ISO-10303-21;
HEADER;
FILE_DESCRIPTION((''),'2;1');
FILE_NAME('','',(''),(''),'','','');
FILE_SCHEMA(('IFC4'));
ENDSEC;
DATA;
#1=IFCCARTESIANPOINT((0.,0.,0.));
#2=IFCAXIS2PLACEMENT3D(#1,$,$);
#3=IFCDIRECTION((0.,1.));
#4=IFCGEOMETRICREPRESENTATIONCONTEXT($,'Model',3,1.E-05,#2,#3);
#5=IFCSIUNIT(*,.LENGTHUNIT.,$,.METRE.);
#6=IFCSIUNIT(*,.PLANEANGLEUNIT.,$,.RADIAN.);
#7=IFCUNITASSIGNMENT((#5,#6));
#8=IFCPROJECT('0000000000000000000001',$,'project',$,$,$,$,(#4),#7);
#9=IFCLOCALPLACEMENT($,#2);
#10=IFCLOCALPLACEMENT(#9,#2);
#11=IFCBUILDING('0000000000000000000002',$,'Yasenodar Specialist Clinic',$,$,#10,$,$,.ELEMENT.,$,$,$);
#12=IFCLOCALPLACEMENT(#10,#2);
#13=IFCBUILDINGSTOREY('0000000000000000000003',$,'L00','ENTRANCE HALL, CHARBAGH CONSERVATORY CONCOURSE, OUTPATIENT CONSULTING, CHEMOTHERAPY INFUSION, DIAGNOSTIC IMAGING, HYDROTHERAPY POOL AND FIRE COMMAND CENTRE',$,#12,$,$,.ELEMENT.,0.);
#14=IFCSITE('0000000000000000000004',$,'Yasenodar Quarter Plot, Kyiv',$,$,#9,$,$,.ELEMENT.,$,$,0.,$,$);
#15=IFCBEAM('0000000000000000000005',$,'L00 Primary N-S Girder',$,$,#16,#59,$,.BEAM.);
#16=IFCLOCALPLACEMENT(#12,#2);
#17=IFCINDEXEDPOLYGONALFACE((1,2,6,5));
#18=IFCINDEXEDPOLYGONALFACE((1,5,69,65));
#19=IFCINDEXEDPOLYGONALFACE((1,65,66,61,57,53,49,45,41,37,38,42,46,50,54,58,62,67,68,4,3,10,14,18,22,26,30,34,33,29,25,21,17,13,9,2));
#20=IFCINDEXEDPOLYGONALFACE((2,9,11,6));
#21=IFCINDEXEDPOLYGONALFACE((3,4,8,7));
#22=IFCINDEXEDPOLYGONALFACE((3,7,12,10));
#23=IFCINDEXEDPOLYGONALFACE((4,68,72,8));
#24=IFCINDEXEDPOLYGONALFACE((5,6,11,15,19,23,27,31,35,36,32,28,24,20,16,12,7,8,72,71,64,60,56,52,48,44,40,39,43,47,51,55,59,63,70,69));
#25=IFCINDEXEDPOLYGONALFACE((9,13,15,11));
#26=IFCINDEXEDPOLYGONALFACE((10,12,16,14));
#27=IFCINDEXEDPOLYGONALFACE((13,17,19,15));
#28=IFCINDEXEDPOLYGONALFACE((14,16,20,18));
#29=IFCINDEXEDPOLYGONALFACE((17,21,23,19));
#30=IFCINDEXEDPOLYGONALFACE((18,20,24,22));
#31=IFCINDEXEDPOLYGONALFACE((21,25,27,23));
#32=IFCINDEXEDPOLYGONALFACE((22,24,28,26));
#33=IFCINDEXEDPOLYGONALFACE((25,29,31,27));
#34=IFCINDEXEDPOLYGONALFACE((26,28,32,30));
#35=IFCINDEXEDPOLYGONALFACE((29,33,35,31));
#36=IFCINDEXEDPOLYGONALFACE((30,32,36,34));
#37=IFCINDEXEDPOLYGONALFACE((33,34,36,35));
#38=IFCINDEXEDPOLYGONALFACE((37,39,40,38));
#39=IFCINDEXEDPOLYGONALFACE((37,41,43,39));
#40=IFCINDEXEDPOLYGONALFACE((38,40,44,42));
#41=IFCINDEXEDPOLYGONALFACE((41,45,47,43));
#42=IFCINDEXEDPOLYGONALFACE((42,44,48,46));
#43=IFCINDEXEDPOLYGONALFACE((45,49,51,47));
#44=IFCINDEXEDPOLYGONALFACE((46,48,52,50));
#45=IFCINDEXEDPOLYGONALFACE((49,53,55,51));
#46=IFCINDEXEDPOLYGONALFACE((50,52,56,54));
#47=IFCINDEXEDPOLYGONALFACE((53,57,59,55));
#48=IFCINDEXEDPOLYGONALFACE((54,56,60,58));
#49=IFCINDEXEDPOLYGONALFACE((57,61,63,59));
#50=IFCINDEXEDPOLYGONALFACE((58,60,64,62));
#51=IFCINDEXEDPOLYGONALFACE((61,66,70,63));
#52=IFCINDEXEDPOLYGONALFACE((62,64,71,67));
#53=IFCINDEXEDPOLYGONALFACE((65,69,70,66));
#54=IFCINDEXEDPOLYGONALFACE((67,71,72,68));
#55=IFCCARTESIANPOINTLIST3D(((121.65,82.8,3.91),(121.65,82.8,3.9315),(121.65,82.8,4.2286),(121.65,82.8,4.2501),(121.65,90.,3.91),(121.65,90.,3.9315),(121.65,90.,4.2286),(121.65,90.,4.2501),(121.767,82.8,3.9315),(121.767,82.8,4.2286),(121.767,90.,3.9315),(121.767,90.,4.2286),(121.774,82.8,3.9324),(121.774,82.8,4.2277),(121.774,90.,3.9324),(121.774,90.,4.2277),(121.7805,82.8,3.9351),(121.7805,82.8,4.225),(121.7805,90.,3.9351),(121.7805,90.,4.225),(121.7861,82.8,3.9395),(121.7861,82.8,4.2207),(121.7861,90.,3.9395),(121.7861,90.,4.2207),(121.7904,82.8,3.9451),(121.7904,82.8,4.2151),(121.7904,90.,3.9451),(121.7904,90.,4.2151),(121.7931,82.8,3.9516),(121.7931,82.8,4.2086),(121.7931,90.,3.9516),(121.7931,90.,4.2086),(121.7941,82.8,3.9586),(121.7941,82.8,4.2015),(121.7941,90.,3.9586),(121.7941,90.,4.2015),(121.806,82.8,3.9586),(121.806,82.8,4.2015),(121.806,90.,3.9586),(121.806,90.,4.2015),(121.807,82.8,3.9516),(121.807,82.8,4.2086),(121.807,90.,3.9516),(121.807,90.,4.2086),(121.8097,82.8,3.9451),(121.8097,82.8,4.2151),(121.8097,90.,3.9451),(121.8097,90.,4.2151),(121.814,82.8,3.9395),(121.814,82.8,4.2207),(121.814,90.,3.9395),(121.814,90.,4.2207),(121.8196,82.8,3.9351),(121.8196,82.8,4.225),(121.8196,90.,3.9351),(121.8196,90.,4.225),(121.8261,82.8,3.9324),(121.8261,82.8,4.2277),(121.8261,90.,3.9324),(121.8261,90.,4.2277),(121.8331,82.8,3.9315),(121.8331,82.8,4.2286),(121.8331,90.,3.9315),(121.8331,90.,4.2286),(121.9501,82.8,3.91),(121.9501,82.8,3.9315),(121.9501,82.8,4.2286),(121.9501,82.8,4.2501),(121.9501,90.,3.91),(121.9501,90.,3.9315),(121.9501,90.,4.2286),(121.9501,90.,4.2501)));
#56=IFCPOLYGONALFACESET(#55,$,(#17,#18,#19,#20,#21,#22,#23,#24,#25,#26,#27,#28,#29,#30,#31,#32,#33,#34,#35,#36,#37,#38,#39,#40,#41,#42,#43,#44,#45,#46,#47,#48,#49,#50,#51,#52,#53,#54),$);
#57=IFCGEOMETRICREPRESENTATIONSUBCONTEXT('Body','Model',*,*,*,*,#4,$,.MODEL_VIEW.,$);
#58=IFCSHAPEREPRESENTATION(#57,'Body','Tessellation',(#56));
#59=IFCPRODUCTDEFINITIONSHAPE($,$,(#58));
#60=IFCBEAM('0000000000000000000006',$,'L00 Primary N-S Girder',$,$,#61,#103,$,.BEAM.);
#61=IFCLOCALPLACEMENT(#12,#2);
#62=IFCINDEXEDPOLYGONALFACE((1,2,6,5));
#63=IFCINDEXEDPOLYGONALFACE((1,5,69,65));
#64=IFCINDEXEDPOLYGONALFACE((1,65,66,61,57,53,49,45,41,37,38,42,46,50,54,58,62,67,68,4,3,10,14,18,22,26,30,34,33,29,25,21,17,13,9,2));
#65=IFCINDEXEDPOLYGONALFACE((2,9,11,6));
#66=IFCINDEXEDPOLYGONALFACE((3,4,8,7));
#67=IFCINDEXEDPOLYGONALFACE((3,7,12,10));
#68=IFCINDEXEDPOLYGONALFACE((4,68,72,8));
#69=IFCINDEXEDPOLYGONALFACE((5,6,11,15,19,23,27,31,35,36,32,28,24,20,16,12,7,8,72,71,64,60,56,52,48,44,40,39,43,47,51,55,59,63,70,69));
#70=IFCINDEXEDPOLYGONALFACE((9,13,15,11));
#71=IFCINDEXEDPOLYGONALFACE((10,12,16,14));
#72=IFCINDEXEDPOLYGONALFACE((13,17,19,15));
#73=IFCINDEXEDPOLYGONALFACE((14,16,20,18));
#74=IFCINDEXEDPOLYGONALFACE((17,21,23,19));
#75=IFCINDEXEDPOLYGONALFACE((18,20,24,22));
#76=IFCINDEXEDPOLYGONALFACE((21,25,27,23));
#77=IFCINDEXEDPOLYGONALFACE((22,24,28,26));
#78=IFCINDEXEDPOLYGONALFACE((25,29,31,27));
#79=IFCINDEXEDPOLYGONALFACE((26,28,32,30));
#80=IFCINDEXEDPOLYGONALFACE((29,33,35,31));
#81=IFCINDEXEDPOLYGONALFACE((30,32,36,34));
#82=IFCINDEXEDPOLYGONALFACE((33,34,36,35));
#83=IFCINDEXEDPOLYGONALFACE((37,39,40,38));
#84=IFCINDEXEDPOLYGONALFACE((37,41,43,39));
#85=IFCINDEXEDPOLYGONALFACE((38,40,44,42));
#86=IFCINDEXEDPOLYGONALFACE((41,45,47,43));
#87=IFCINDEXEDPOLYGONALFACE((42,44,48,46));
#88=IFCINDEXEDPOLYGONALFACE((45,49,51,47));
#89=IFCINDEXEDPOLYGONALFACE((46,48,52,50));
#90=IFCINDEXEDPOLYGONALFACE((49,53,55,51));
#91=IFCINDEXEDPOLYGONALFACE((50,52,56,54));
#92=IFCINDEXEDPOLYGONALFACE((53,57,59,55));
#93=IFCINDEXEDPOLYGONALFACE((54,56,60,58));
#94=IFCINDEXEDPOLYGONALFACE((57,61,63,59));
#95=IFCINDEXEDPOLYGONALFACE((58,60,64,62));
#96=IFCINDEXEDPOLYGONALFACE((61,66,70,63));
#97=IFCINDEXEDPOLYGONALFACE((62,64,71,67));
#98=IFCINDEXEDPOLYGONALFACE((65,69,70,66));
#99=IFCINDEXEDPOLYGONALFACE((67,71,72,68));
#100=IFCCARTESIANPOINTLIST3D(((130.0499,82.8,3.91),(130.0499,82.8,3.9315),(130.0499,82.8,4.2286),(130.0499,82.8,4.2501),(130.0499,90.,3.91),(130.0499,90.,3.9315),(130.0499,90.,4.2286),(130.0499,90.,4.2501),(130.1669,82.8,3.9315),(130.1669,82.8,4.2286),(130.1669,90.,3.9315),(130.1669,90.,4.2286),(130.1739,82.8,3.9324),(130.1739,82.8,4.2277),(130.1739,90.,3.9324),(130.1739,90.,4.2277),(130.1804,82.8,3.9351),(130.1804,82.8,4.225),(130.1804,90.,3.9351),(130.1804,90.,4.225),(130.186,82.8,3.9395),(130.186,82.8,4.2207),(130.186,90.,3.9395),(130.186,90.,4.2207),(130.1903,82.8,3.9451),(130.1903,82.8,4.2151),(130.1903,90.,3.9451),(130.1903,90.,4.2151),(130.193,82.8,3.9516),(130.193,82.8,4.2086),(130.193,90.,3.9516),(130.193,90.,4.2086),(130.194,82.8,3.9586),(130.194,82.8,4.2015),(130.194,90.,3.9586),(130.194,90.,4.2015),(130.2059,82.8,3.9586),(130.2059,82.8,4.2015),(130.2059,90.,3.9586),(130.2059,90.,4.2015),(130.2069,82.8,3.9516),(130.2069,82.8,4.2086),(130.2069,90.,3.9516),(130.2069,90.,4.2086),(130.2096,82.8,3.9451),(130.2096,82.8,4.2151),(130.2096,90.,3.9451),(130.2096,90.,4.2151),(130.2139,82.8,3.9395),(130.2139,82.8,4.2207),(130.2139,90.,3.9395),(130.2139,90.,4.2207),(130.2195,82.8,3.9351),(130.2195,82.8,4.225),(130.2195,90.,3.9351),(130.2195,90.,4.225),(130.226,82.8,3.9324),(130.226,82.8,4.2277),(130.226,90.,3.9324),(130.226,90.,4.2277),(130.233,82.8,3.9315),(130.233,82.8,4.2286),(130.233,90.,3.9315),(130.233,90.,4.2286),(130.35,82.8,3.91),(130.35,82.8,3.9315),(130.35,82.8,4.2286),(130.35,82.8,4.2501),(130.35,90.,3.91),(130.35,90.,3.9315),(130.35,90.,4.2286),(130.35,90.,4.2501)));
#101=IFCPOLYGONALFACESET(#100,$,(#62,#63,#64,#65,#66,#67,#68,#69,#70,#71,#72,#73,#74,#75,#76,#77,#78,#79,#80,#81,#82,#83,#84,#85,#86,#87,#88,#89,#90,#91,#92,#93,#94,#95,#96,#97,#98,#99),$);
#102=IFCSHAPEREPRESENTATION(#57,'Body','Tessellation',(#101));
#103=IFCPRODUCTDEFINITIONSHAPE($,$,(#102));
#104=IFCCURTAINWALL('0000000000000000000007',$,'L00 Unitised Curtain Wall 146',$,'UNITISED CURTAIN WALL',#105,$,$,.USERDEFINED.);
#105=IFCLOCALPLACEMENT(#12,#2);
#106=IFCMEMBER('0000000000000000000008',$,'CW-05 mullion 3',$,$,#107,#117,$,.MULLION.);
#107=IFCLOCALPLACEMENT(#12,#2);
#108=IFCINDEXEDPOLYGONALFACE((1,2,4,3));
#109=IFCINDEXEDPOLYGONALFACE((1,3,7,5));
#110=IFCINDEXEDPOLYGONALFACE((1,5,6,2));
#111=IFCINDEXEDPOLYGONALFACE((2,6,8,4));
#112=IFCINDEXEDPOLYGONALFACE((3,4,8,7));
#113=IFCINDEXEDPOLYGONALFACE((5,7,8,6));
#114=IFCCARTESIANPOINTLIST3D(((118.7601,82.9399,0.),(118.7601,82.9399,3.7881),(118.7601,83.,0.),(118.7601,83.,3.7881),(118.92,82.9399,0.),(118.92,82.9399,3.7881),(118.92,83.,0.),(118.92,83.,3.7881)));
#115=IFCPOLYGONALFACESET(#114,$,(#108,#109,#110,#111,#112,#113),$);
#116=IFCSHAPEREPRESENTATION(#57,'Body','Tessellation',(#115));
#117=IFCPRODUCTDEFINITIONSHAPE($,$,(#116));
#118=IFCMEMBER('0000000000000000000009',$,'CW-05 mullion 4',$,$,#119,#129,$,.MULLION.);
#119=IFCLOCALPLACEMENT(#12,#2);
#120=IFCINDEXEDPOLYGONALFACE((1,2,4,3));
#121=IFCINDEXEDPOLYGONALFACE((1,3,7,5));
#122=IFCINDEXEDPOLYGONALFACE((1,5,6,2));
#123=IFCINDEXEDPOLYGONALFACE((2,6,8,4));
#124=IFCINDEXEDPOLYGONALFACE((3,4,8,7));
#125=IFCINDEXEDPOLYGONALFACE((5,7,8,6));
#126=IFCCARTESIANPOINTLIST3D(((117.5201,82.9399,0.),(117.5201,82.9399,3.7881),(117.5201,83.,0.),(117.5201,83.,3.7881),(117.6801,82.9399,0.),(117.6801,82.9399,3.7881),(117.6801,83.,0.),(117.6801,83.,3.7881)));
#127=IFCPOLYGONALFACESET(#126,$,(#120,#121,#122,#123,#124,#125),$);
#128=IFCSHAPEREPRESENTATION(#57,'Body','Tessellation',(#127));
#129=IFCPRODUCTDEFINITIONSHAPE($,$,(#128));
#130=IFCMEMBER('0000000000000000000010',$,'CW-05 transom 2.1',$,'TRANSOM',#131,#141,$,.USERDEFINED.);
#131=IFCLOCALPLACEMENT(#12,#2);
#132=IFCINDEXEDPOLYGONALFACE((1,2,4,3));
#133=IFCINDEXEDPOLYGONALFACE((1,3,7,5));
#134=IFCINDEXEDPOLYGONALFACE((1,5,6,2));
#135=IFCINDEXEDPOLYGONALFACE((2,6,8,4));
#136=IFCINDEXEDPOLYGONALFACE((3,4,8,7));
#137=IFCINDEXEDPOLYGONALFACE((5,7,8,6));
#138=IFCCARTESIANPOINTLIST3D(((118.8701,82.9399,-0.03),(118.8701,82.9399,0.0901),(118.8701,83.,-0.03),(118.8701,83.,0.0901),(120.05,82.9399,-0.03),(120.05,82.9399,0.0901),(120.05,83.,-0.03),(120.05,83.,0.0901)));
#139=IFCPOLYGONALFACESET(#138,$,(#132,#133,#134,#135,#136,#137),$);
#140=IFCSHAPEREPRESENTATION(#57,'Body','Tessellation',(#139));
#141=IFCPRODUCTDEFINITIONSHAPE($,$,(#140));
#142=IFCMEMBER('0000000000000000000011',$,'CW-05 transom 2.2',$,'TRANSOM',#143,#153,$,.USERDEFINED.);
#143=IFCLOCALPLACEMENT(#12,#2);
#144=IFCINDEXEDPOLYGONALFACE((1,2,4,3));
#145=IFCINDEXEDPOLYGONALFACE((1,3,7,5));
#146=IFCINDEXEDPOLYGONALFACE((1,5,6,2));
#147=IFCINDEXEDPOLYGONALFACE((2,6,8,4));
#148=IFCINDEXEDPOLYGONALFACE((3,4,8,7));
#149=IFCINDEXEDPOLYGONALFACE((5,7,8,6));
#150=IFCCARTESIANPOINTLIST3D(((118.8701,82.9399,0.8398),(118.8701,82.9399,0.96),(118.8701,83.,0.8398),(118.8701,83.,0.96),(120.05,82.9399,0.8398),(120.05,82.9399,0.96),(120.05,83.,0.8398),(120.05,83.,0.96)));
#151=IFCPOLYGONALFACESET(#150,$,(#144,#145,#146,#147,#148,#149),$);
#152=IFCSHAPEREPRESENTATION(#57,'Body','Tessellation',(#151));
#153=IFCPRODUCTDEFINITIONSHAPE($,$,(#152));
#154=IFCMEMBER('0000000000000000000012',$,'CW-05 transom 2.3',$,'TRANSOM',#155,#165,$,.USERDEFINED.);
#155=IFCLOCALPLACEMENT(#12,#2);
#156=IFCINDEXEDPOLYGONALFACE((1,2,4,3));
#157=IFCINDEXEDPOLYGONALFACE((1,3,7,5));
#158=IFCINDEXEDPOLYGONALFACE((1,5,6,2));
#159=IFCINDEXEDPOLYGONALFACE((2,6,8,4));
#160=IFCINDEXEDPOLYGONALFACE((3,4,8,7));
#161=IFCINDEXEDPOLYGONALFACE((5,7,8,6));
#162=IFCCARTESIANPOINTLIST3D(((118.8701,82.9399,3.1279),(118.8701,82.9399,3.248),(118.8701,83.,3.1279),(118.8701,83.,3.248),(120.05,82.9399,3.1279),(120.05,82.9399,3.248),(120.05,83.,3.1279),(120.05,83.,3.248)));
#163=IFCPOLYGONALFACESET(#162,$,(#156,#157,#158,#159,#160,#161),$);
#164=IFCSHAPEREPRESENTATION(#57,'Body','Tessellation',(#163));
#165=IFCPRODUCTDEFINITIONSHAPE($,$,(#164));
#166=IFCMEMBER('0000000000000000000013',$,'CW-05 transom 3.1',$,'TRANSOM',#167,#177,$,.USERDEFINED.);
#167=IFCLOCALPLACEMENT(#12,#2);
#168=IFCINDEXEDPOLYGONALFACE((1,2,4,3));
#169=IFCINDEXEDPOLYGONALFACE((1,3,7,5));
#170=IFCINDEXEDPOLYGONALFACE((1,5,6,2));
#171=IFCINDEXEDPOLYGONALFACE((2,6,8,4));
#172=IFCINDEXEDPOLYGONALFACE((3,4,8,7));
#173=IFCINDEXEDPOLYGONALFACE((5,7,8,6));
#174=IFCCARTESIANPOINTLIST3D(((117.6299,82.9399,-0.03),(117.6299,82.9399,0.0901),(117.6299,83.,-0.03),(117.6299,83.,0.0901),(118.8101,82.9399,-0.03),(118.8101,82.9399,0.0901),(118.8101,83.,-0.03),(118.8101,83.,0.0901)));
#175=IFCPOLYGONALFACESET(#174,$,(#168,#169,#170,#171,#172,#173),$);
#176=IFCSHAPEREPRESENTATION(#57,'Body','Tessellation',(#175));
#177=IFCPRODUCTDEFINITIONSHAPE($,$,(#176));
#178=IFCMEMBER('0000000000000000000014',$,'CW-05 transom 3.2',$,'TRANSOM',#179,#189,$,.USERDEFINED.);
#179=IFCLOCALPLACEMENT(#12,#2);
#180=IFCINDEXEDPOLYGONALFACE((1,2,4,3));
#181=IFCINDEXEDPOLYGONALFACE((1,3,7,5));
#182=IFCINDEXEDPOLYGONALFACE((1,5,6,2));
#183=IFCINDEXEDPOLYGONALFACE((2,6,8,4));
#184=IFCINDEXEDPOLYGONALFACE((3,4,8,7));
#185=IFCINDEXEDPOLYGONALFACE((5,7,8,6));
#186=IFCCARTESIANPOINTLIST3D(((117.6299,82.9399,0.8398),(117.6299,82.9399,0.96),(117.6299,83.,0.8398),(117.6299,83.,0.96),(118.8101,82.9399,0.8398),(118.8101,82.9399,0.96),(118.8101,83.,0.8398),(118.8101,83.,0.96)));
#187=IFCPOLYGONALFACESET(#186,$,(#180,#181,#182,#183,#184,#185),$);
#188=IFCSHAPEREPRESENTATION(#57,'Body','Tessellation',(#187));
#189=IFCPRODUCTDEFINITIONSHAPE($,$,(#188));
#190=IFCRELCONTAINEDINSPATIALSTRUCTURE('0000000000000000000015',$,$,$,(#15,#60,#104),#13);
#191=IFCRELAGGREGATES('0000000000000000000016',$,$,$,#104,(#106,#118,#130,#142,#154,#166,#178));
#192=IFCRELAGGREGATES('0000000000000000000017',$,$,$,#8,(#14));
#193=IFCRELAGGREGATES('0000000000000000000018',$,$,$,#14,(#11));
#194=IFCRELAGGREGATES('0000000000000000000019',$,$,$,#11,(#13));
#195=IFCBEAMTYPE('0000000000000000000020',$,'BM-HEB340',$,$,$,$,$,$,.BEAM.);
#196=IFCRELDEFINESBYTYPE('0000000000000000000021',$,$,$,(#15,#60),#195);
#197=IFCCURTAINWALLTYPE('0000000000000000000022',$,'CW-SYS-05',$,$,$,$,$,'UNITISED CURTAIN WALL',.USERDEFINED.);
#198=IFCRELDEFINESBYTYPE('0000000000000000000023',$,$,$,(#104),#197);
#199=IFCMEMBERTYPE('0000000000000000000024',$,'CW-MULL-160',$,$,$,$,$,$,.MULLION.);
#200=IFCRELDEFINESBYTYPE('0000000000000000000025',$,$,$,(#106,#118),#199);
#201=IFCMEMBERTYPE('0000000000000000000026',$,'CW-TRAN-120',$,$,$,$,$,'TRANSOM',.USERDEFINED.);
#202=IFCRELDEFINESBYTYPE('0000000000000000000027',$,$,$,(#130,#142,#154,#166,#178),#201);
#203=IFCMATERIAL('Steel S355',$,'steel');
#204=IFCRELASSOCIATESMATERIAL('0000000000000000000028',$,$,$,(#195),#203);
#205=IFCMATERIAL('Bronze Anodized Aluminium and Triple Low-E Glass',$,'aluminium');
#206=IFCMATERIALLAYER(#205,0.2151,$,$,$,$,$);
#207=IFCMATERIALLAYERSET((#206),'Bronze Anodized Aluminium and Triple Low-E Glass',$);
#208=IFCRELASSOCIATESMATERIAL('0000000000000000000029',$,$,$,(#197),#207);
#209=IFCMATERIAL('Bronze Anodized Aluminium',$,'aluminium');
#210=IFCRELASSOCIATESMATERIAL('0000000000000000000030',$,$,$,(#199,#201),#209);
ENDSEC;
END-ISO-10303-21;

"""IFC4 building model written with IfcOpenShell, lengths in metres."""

from ifc_helpers import new_model, si_unit, direction, frame, origin, origin_2d, place, context, subcontext, project, spatial, rectangle, i_section, extrude, material, layer, layer_set, material_profile, profile_set, type_object, element, aggregate, save


model = new_model("IFC4")

# Units and contexts
model_context = context("Model", 3, precision=1e-05, world=origin(), true_north=direction((0.0, 1.0)))
body_context = subcontext(model_context, "Body", "Model", "MODEL_VIEW")
ifc_project = project(units=[si_unit("LENGTHUNIT", "METRE"), si_unit("PLANEANGLEUNIT", "RADIAN")], contexts=[model_context])

# Site, building, storey
site_placement = place(None, origin())
site = spatial("IfcSite", under=ifc_project, at=site_placement, Name="Yasenodar Quarter Plot, Kyiv", CompositionType="ELEMENT", RefElevation=0.0)
building_placement = place(site_placement, origin())
building = spatial("IfcBuilding", under=site, at=building_placement, Name="Yasenodar Specialist Clinic", CompositionType="ELEMENT")
storey_placement = place(building_placement, origin())
storey = spatial("IfcBuildingStorey", under=building, at=storey_placement, Name="L00", Description="ENTRANCE HALL, CHARBAGH CONSERVATORY CONCOURSE, OUTPATIENT CONSULTING, CHEMOTHERAPY INFUSION, DIAGNOSTIC IMAGING, HYDROTHERAPY POOL AND FIRE COMMAND CENTRE", CompositionType="ELEMENT", Elevation=0.0)

# Shared definitions
ifc_material_1 = material(Name="Steel S355", Category="steel")

# Beams
ifc_material_profile_1 = material_profile(ifc_material_1, i_section(OverallWidth=0.3, OverallDepth=0.3401, WebThickness=0.012, FlangeThickness=0.0215, FilletRadius=0.0271, at=origin_2d()), Name="HEB 340")
ifc_profile_set_1 = profile_set([ifc_material_profile_1], Name="Steel S355")
beam_type_1 = type_object("IfcBeamType", Name="BM-HEB340", PredefinedType="BEAM", material=ifc_profile_set_1)
for number, where, z_axis, x_axis, name in (
    (1, (121.8, 82.8, 4.0801), (0.0, 1.0, 0.0), (-1.0, 0.0, 0.0), "L00 Primary N-S Girder"),
    (2, (130.2, 82.8, 4.0801), (0.0, 1.0, 0.0), (-1.0, 0.0, 0.0), "L00 Primary N-S Girder"),
):
    element("IfcBeam", number, at=place(storey_placement, frame(where, z_axis=z_axis, x_axis=x_axis)), inside=storey, type_object=beam_type_1, Name=name, PredefinedType="BEAM", context=body_context, shape_type="SweptSolid", body=[
        extrude(i_section(OverallWidth=0.3, OverallDepth=0.3401, WebThickness=0.012, FlangeThickness=0.0215, FilletRadius=0.0271, at=origin_2d()), origin(), (0.0, 0.0, 1.0), 7.2),
    ])

# Curtain wall, members
ifc_material_2 = material(Name="Bronze Anodized Aluminium and Triple Low-E Glass", Category="aluminium")
ifc_layer_1 = layer(ifc_material_2, 0.2151)
ifc_layer_set_1 = layer_set([ifc_layer_1], Name="Bronze Anodized Aluminium and Triple Low-E Glass")
curtain_wall_type = type_object("IfcCurtainWallType", Name="CW-SYS-05", ElementType="UNITISED CURTAIN WALL", PredefinedType="USERDEFINED", material=ifc_layer_set_1)
curtain_wall_placement = place(storey_placement, origin())
curtain_wall = element("IfcCurtainWall", 3, at=curtain_wall_placement, inside=storey, type_object=curtain_wall_type, Name="L00 Unitised Curtain Wall 146", ObjectType="UNITISED CURTAIN WALL", PredefinedType="USERDEFINED")
ifc_material_3 = material(Name="Bronze Anodized Aluminium", Category="aluminium")
ifc_material_profile_2 = material_profile(ifc_material_3, rectangle(XDim=0.0601, YDim=0.1599, at=origin_2d()), Name="CW-MULL 60x160")
ifc_profile_set_2 = profile_set([ifc_material_profile_2], Name="Bronze Anodized Aluminium")
member_type_1 = type_object("IfcMemberType", Name="CW-MULL-160", PredefinedType="MULLION", material=ifc_profile_set_2)
member_1_placement = place(storey_placement, frame((118.8401, 82.97, 0.0), z_axis=(0.0, 0.0, 1.0), x_axis=(0.0, -1.0, 0.0)))
member_1 = element("IfcMember", 4, at=member_1_placement, type_object=member_type_1, Name="CW-05 mullion 3", PredefinedType="MULLION", context=body_context, shape_type="SweptSolid", body=[
    extrude(rectangle(XDim=0.0601, YDim=0.1599, at=origin_2d()), origin(), (0.0, 0.0, 1.0), 3.7881),
])
member_2_placement = place(storey_placement, frame((117.6001, 82.97, 0.0), z_axis=(0.0, 0.0, 1.0), x_axis=(0.0, -1.0, 0.0)))
member_2 = element("IfcMember", 5, at=member_2_placement, type_object=member_type_1, Name="CW-05 mullion 4", PredefinedType="MULLION", context=body_context, shape_type="SweptSolid", body=[
    extrude(rectangle(XDim=0.0601, YDim=0.1599, at=origin_2d()), origin(), (0.0, 0.0, 1.0), 3.7881),
])
ifc_material_profile_3 = material_profile(ifc_material_3, rectangle(XDim=0.0601, YDim=0.1201, at=origin_2d()), Name="CW-TRAN 60x120")
ifc_profile_set_3 = profile_set([ifc_material_profile_3], Name="Bronze Anodized Aluminium")
member_type_2 = type_object("IfcMemberType", Name="CW-TRAN-120", ElementType="TRANSOM", PredefinedType="USERDEFINED", material=ifc_profile_set_3)
member_3_placement = place(storey_placement, frame((120.05, 82.97, 0.03), z_axis=(-1.0, 0.0, 0.0), x_axis=(0.0, -1.0, 0.0)))
member_3 = element("IfcMember", 6, at=member_3_placement, type_object=member_type_2, Name="CW-05 transom 2.1", ObjectType="TRANSOM", PredefinedType="USERDEFINED", context=body_context, shape_type="SweptSolid", body=[
    extrude(rectangle(XDim=0.0601, YDim=0.1201, at=origin_2d()), origin(), (0.0, 0.0, 1.0), 1.1799),
])
member_4_placement = place(storey_placement, frame((120.05, 82.97, 0.8999), z_axis=(-1.0, 0.0, 0.0), x_axis=(0.0, -1.0, 0.0)))
member_4 = element("IfcMember", 7, at=member_4_placement, type_object=member_type_2, Name="CW-05 transom 2.2", ObjectType="TRANSOM", PredefinedType="USERDEFINED", context=body_context, shape_type="SweptSolid", body=[
    extrude(rectangle(XDim=0.0601, YDim=0.1201, at=origin_2d()), origin(), (0.0, 0.0, 1.0), 1.1799),
])
member_5_placement = place(storey_placement, frame((120.05, 82.97, 3.188), z_axis=(-1.0, 0.0, 0.0), x_axis=(0.0, -1.0, 0.0)))
member_5 = element("IfcMember", 8, at=member_5_placement, type_object=member_type_2, Name="CW-05 transom 2.3", ObjectType="TRANSOM", PredefinedType="USERDEFINED", context=body_context, shape_type="SweptSolid", body=[
    extrude(rectangle(XDim=0.0601, YDim=0.1201, at=origin_2d()), origin(), (0.0, 0.0, 1.0), 1.1799),
])
member_6_placement = place(storey_placement, frame((118.8101, 82.97, 0.03), z_axis=(-1.0, 0.0, 0.0), x_axis=(0.0, -1.0, 0.0)))
member_6 = element("IfcMember", 9, at=member_6_placement, type_object=member_type_2, Name="CW-05 transom 3.1", ObjectType="TRANSOM", PredefinedType="USERDEFINED", context=body_context, shape_type="SweptSolid", body=[
    extrude(rectangle(XDim=0.0601, YDim=0.1201, at=origin_2d()), origin(), (0.0, 0.0, 1.0), 1.1802),
])
member_7_placement = place(storey_placement, frame((118.8101, 82.97, 0.8999), z_axis=(-1.0, 0.0, 0.0), x_axis=(0.0, -1.0, 0.0)))
member_7 = element("IfcMember", 10, at=member_7_placement, type_object=member_type_2, Name="CW-05 transom 3.2", ObjectType="TRANSOM", PredefinedType="USERDEFINED", context=body_context, shape_type="SweptSolid", body=[
    extrude(rectangle(XDim=0.0601, YDim=0.1201, at=origin_2d()), origin(), (0.0, 0.0, 1.0), 1.1802),
])

aggregate(curtain_wall, [member_1, member_2, member_3, member_4, member_5, member_6, member_7])

save(model, "model.ifc")
